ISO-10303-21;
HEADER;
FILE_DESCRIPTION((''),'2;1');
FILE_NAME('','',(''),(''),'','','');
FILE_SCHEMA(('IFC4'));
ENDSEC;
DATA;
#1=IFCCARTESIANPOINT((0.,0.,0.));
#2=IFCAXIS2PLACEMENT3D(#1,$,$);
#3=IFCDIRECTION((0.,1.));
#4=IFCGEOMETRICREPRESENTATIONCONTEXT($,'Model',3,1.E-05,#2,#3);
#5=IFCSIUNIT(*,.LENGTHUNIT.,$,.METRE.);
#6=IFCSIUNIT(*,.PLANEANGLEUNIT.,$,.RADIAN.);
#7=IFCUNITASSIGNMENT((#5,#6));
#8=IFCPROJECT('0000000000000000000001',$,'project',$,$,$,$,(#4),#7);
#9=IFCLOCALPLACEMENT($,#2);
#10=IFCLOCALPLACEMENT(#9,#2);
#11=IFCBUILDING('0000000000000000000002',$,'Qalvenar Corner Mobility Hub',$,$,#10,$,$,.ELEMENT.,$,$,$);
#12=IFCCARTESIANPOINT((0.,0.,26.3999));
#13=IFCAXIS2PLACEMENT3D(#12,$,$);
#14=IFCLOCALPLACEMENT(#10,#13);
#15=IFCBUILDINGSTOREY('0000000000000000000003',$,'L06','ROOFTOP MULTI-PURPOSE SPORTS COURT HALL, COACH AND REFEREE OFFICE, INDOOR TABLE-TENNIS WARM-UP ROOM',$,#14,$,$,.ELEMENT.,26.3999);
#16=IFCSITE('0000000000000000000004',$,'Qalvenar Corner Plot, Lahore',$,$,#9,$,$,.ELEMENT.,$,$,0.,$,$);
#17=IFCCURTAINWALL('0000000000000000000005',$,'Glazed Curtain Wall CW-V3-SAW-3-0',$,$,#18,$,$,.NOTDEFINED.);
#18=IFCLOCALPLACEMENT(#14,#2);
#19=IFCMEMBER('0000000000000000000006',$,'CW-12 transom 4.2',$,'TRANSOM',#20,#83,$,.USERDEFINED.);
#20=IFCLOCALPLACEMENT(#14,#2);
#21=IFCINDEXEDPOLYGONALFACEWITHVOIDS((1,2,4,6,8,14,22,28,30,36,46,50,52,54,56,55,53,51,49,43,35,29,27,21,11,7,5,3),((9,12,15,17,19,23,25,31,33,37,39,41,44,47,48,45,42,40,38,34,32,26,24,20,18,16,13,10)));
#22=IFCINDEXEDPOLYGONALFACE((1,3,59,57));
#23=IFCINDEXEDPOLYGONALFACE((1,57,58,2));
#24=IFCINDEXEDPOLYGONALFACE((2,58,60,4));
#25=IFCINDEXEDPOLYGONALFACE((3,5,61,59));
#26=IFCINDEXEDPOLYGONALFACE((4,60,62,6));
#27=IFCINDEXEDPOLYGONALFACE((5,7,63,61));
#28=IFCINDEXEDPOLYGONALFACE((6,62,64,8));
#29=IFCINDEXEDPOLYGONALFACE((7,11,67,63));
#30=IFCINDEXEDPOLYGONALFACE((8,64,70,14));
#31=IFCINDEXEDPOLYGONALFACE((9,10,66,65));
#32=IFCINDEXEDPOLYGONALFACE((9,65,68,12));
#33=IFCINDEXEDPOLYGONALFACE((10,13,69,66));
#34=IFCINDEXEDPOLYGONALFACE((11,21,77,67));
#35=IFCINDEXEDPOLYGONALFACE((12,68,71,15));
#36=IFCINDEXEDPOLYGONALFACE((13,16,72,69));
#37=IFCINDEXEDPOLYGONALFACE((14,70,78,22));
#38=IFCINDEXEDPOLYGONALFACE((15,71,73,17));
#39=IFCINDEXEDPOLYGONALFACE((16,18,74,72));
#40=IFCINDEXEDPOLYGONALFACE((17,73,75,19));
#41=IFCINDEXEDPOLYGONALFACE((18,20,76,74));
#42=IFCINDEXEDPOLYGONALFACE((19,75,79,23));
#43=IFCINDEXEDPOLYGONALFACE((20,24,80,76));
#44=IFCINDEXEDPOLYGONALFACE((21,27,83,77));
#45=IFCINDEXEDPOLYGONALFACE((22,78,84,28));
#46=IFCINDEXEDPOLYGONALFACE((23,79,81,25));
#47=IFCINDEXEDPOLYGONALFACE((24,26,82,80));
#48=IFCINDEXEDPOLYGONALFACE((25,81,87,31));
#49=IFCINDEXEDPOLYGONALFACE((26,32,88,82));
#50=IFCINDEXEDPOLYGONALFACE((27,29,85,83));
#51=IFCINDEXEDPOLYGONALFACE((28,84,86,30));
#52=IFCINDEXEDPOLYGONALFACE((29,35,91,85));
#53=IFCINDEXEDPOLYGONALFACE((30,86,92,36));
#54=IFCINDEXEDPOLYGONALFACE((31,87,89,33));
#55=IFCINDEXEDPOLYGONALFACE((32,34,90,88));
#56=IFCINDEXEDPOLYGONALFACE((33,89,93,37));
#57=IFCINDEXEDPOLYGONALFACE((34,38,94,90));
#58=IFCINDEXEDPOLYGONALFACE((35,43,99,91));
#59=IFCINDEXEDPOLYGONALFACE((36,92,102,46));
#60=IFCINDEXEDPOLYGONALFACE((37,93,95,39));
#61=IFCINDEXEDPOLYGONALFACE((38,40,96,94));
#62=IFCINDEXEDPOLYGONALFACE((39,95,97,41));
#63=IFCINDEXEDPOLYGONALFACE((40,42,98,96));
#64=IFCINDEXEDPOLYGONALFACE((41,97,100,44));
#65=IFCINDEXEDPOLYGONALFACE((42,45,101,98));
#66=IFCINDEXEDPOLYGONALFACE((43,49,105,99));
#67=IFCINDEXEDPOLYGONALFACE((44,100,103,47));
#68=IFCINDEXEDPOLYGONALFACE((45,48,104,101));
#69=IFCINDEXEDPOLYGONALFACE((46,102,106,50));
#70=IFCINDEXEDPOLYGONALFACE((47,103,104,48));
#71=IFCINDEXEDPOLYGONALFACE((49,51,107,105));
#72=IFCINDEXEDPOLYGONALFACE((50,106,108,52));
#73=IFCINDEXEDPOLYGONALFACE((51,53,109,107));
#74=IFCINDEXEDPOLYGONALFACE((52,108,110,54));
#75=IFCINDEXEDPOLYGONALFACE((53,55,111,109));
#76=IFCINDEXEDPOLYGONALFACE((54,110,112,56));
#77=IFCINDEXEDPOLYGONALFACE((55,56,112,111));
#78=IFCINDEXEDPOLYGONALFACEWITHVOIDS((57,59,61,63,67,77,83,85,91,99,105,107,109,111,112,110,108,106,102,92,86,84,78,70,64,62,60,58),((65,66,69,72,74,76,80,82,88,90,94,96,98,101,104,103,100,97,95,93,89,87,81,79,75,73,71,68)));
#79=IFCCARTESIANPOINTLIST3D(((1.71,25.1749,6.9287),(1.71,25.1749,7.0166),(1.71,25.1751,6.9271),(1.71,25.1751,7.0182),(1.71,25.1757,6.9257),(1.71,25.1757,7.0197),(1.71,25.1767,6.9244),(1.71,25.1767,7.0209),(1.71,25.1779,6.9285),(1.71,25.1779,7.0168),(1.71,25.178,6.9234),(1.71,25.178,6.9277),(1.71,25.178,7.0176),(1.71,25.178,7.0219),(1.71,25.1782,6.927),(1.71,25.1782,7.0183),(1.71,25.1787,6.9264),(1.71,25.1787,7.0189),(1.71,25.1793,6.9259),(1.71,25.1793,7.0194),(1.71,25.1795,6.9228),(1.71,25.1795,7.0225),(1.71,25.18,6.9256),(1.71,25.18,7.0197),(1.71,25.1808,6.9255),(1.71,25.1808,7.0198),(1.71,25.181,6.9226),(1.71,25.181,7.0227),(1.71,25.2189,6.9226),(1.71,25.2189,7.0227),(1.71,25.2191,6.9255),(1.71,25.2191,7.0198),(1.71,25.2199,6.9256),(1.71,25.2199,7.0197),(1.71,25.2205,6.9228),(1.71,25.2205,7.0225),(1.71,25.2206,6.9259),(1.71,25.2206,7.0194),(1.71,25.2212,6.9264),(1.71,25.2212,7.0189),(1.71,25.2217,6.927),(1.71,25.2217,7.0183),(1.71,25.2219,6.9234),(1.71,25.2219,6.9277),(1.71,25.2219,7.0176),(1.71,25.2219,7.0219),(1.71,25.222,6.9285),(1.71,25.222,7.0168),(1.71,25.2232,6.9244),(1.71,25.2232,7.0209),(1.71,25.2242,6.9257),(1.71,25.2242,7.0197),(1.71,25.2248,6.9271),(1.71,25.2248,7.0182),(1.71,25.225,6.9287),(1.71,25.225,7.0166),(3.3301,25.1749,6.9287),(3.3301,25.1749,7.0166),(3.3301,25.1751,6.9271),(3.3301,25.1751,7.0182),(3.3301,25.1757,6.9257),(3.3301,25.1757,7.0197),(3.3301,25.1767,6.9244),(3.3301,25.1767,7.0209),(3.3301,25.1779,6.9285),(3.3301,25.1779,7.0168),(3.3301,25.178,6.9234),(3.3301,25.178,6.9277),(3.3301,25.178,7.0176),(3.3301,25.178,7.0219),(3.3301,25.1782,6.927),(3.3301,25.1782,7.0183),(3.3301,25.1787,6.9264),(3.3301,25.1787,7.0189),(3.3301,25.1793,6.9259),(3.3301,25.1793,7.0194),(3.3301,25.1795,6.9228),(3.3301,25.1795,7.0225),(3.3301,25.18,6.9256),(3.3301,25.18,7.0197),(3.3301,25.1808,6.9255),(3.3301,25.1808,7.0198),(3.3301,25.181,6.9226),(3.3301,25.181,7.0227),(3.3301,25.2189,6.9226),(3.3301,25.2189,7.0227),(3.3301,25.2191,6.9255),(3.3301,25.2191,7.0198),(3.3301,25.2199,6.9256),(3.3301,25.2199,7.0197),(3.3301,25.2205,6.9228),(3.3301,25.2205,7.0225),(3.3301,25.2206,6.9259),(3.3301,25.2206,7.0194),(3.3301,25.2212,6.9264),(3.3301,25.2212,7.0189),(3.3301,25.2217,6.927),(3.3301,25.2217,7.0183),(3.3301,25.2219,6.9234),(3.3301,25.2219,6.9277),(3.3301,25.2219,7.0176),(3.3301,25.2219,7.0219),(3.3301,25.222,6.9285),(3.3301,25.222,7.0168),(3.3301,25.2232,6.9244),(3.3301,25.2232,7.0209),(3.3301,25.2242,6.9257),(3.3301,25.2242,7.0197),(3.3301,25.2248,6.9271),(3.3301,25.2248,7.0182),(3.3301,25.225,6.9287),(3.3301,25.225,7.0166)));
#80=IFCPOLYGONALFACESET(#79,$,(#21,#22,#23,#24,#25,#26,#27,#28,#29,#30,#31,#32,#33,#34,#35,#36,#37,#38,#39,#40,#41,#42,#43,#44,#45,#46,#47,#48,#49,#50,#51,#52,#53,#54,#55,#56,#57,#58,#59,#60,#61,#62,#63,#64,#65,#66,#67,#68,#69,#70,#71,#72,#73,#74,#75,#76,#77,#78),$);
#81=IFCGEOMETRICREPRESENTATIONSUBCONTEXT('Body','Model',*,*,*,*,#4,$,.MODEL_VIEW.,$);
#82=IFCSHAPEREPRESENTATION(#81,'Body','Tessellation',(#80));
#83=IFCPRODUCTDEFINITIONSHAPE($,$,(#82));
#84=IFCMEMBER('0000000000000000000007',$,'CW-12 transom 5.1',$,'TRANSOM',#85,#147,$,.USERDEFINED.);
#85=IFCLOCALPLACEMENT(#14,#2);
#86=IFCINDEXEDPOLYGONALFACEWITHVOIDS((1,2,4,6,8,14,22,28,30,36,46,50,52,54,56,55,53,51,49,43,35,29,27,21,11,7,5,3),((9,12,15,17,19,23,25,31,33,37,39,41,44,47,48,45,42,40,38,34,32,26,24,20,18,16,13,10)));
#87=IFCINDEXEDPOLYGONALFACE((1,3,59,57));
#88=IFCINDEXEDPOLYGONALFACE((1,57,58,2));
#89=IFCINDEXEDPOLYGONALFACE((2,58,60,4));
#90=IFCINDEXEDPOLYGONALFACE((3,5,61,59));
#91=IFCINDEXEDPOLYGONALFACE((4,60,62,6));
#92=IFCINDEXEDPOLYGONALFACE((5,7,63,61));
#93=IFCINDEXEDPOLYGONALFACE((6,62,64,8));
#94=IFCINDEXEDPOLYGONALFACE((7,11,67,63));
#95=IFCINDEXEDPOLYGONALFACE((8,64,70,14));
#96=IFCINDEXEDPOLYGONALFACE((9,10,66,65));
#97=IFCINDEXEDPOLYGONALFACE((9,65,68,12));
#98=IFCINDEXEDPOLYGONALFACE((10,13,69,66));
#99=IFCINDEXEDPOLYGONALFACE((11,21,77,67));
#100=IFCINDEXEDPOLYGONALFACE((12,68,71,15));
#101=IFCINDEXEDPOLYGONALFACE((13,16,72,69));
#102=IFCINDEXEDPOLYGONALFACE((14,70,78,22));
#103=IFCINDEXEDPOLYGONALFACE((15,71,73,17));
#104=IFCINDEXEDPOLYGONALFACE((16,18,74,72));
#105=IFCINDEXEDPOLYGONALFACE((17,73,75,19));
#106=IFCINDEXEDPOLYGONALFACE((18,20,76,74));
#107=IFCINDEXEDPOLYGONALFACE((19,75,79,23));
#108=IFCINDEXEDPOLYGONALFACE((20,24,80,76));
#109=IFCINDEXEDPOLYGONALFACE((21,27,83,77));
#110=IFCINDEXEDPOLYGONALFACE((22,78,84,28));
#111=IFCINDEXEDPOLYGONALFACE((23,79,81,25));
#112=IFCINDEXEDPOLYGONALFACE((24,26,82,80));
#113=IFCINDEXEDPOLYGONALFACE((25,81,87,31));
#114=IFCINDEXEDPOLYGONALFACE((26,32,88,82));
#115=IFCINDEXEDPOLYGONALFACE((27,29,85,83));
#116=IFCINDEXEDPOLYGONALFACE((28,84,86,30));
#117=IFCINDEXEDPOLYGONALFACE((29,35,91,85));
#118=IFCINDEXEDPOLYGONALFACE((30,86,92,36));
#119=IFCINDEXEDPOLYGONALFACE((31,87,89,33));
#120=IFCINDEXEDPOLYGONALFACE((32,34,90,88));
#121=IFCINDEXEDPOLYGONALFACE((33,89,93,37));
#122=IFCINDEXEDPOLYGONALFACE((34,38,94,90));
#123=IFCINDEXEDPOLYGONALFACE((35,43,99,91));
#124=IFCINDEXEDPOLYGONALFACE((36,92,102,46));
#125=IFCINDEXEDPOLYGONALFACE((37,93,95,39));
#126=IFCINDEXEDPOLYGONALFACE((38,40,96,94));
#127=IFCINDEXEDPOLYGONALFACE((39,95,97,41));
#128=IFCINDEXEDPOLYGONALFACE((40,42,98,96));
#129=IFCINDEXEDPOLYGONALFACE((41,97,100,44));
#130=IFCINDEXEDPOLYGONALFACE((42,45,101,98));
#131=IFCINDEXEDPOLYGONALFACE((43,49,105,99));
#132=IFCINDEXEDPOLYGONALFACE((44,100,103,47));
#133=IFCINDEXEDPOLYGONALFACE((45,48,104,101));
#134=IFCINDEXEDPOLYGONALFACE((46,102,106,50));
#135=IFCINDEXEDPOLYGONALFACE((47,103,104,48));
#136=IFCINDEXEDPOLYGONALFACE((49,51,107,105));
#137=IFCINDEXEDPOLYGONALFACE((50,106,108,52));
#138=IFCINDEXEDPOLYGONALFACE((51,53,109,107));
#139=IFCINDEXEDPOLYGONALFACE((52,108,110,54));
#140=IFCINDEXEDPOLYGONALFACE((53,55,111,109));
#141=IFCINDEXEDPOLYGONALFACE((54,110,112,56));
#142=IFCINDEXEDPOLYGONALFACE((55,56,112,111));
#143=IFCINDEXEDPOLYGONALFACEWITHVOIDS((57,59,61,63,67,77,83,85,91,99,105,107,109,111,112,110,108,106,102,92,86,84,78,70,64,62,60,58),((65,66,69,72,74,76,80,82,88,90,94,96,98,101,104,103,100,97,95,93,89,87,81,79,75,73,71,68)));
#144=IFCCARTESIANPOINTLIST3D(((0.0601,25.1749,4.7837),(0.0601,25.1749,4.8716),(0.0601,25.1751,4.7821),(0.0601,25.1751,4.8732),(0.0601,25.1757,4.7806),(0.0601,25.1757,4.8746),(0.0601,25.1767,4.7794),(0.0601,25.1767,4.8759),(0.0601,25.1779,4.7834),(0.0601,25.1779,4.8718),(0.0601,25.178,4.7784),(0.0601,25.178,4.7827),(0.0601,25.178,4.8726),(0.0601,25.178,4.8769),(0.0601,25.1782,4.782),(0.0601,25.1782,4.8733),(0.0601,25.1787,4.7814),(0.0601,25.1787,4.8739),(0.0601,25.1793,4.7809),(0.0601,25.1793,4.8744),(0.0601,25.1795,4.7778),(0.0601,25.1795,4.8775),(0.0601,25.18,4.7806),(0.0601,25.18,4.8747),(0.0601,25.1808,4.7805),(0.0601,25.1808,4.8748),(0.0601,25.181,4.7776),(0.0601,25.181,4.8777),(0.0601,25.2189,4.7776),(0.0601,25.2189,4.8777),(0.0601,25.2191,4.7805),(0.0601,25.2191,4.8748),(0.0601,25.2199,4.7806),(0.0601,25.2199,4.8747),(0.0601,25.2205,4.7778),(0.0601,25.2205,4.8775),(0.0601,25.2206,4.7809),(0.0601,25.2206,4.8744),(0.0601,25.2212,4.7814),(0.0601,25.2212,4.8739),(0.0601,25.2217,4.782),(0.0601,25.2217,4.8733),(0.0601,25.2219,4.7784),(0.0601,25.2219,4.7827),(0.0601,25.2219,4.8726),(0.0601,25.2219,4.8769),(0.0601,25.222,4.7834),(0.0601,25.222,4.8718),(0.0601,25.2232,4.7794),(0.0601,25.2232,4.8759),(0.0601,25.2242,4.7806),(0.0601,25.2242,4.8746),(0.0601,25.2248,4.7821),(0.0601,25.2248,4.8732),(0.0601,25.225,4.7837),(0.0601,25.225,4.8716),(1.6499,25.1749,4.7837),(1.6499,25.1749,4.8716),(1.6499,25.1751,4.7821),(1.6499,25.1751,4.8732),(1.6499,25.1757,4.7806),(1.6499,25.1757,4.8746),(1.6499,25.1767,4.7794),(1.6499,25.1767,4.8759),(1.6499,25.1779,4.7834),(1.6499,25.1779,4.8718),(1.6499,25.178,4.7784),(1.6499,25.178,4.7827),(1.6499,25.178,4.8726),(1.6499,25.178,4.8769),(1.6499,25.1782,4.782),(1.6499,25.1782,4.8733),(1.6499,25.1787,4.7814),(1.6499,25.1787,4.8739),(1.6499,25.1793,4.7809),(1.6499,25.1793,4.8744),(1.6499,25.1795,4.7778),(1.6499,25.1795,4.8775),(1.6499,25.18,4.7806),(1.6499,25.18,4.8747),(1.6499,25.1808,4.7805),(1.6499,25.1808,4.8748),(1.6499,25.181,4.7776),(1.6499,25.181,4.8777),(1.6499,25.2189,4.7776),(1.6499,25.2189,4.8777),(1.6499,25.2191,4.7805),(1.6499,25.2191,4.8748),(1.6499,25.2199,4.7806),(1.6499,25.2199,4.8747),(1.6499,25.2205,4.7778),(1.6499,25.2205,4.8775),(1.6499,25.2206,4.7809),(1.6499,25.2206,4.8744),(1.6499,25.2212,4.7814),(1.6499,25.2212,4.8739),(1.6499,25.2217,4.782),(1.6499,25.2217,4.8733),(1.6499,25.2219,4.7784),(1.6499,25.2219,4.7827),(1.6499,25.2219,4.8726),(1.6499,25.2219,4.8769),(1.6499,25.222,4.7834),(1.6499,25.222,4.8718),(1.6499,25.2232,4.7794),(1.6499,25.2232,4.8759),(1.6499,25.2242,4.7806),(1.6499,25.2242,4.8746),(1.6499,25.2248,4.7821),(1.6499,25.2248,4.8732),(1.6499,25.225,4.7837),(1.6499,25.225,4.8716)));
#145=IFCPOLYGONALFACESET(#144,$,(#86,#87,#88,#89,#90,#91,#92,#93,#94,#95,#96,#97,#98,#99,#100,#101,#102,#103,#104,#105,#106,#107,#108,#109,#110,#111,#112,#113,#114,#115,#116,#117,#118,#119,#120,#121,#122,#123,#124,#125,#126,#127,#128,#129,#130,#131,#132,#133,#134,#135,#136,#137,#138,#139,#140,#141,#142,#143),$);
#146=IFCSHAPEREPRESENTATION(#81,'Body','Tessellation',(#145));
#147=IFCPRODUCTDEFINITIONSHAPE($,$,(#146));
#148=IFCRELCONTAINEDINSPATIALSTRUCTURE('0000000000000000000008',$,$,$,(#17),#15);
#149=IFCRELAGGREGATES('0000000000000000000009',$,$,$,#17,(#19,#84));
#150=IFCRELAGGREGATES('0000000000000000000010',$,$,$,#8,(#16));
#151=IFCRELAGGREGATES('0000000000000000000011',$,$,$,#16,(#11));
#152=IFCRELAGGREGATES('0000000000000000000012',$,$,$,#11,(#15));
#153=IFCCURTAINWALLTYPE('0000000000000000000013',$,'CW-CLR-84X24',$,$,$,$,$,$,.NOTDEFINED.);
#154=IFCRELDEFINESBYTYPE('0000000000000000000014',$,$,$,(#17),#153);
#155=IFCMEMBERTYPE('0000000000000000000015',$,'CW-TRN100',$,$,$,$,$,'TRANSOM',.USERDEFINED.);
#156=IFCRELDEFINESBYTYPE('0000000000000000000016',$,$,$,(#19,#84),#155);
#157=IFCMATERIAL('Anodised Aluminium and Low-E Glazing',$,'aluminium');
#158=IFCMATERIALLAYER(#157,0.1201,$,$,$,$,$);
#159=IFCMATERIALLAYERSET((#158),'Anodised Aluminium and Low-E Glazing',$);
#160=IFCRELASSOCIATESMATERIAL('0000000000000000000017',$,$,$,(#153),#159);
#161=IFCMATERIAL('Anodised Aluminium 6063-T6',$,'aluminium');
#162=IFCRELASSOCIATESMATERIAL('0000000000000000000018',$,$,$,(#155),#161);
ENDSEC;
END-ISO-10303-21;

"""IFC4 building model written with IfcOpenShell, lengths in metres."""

from ifc_helpers import new_model, si_unit, direction, frame, origin, origin_2d, place, context, subcontext, project, spatial, hollow_rectangle, extrude, material, layer, layer_set, material_profile, profile_set, type_object, element, aggregate, save


model = new_model("IFC4")

# Units and contexts
model_context = context("Model", 3, precision=1e-05, world=origin(), true_north=direction((0.0, 1.0)))
body_context = subcontext(model_context, "Body", "Model", "MODEL_VIEW")
ifc_project = project(units=[si_unit("LENGTHUNIT", "METRE"), si_unit("PLANEANGLEUNIT", "RADIAN")], contexts=[model_context])

# Site, building, storey
site_placement = place(None, origin())
site = spatial("IfcSite", under=ifc_project, at=site_placement, Name="Qalvenar Corner Plot, Lahore", CompositionType="ELEMENT", RefElevation=0.0)
building_placement = place(site_placement, origin())
building = spatial("IfcBuilding", under=site, at=building_placement, Name="Qalvenar Corner Mobility Hub", CompositionType="ELEMENT")
storey_placement = place(building_placement, frame((0.0, 0.0, 26.3999)))
storey = spatial("IfcBuildingStorey", under=building, at=storey_placement, Name="L06", Description="ROOFTOP MULTI-PURPOSE SPORTS COURT HALL, COACH AND REFEREE OFFICE, INDOOR TABLE-TENNIS WARM-UP ROOM", CompositionType="ELEMENT", Elevation=26.3999)

# Curtain wall
ifc_material_1 = material(Name="Anodised Aluminium and Low-E Glazing", Category="aluminium")
ifc_layer_1 = layer(ifc_material_1, 0.1201)
ifc_layer_set_1 = layer_set([ifc_layer_1], Name="Anodised Aluminium and Low-E Glazing")
curtain_wall_type_1 = type_object("IfcCurtainWallType", Name="CW-CLR-84X24", PredefinedType="NOTDEFINED", material=ifc_layer_set_1)
curtain_wall_1_placement = place(storey_placement, origin())
curtain_wall_1 = element("IfcCurtainWall", 1, at=curtain_wall_1_placement, inside=storey, type_object=curtain_wall_type_1, Name="Glazed Curtain Wall CW-V3-SAW-3-0", PredefinedType="NOTDEFINED")
ifc_material_2 = material(Name="Anodised Aluminium 6063-T6", Category="aluminium")

# Members
ifc_material_profile_1 = material_profile(ifc_material_2, hollow_rectangle(XDim=0.05, YDim=0.1001, WallThickness=0.0029, InnerFilletRadius=0.0029, OuterFilletRadius=0.0061, at=origin_2d()), Name="RHS100x50x3")
ifc_profile_set_1 = profile_set([ifc_material_profile_1], Name="Anodised Aluminium 6063-T6")
member_type_1 = type_object("IfcMemberType", Name="CW-TRN100", ElementType="TRANSOM", PredefinedType="USERDEFINED", material=ifc_profile_set_1)
member_1_placement = place(storey_placement, frame((3.3301, 25.2, 6.9727), z_axis=(-1.0, 0.0, 0.0), x_axis=(0.0, -1.0, 0.0)))
member_1 = element("IfcMember", 2, at=member_1_placement, type_object=member_type_1, Name="CW-12 transom 4.2", ObjectType="TRANSOM", PredefinedType="USERDEFINED", context=body_context, shape_type="SweptSolid", body=[
    extrude(hollow_rectangle(XDim=0.05, YDim=0.1001, WallThickness=0.0029, InnerFilletRadius=0.0029, OuterFilletRadius=0.0061, at=origin_2d()), origin(), (0.0, 0.0, 1.0), 1.6201),
])
member_2_placement = place(storey_placement, frame((1.6499, 25.2, 4.8276), z_axis=(-1.0, 0.0, 0.0), x_axis=(0.0, -1.0, 0.0)))
member_2 = element("IfcMember", 3, at=member_2_placement, type_object=member_type_1, Name="CW-12 transom 5.1", ObjectType="TRANSOM", PredefinedType="USERDEFINED", context=body_context, shape_type="SweptSolid", body=[
    extrude(hollow_rectangle(XDim=0.05, YDim=0.1001, WallThickness=0.0029, InnerFilletRadius=0.0029, OuterFilletRadius=0.0061, at=origin_2d()), origin(), (0.0, 0.0, 1.0), 1.5898),
])

aggregate(curtain_wall_1, [member_1, member_2])

save(model, "model.ifc")
